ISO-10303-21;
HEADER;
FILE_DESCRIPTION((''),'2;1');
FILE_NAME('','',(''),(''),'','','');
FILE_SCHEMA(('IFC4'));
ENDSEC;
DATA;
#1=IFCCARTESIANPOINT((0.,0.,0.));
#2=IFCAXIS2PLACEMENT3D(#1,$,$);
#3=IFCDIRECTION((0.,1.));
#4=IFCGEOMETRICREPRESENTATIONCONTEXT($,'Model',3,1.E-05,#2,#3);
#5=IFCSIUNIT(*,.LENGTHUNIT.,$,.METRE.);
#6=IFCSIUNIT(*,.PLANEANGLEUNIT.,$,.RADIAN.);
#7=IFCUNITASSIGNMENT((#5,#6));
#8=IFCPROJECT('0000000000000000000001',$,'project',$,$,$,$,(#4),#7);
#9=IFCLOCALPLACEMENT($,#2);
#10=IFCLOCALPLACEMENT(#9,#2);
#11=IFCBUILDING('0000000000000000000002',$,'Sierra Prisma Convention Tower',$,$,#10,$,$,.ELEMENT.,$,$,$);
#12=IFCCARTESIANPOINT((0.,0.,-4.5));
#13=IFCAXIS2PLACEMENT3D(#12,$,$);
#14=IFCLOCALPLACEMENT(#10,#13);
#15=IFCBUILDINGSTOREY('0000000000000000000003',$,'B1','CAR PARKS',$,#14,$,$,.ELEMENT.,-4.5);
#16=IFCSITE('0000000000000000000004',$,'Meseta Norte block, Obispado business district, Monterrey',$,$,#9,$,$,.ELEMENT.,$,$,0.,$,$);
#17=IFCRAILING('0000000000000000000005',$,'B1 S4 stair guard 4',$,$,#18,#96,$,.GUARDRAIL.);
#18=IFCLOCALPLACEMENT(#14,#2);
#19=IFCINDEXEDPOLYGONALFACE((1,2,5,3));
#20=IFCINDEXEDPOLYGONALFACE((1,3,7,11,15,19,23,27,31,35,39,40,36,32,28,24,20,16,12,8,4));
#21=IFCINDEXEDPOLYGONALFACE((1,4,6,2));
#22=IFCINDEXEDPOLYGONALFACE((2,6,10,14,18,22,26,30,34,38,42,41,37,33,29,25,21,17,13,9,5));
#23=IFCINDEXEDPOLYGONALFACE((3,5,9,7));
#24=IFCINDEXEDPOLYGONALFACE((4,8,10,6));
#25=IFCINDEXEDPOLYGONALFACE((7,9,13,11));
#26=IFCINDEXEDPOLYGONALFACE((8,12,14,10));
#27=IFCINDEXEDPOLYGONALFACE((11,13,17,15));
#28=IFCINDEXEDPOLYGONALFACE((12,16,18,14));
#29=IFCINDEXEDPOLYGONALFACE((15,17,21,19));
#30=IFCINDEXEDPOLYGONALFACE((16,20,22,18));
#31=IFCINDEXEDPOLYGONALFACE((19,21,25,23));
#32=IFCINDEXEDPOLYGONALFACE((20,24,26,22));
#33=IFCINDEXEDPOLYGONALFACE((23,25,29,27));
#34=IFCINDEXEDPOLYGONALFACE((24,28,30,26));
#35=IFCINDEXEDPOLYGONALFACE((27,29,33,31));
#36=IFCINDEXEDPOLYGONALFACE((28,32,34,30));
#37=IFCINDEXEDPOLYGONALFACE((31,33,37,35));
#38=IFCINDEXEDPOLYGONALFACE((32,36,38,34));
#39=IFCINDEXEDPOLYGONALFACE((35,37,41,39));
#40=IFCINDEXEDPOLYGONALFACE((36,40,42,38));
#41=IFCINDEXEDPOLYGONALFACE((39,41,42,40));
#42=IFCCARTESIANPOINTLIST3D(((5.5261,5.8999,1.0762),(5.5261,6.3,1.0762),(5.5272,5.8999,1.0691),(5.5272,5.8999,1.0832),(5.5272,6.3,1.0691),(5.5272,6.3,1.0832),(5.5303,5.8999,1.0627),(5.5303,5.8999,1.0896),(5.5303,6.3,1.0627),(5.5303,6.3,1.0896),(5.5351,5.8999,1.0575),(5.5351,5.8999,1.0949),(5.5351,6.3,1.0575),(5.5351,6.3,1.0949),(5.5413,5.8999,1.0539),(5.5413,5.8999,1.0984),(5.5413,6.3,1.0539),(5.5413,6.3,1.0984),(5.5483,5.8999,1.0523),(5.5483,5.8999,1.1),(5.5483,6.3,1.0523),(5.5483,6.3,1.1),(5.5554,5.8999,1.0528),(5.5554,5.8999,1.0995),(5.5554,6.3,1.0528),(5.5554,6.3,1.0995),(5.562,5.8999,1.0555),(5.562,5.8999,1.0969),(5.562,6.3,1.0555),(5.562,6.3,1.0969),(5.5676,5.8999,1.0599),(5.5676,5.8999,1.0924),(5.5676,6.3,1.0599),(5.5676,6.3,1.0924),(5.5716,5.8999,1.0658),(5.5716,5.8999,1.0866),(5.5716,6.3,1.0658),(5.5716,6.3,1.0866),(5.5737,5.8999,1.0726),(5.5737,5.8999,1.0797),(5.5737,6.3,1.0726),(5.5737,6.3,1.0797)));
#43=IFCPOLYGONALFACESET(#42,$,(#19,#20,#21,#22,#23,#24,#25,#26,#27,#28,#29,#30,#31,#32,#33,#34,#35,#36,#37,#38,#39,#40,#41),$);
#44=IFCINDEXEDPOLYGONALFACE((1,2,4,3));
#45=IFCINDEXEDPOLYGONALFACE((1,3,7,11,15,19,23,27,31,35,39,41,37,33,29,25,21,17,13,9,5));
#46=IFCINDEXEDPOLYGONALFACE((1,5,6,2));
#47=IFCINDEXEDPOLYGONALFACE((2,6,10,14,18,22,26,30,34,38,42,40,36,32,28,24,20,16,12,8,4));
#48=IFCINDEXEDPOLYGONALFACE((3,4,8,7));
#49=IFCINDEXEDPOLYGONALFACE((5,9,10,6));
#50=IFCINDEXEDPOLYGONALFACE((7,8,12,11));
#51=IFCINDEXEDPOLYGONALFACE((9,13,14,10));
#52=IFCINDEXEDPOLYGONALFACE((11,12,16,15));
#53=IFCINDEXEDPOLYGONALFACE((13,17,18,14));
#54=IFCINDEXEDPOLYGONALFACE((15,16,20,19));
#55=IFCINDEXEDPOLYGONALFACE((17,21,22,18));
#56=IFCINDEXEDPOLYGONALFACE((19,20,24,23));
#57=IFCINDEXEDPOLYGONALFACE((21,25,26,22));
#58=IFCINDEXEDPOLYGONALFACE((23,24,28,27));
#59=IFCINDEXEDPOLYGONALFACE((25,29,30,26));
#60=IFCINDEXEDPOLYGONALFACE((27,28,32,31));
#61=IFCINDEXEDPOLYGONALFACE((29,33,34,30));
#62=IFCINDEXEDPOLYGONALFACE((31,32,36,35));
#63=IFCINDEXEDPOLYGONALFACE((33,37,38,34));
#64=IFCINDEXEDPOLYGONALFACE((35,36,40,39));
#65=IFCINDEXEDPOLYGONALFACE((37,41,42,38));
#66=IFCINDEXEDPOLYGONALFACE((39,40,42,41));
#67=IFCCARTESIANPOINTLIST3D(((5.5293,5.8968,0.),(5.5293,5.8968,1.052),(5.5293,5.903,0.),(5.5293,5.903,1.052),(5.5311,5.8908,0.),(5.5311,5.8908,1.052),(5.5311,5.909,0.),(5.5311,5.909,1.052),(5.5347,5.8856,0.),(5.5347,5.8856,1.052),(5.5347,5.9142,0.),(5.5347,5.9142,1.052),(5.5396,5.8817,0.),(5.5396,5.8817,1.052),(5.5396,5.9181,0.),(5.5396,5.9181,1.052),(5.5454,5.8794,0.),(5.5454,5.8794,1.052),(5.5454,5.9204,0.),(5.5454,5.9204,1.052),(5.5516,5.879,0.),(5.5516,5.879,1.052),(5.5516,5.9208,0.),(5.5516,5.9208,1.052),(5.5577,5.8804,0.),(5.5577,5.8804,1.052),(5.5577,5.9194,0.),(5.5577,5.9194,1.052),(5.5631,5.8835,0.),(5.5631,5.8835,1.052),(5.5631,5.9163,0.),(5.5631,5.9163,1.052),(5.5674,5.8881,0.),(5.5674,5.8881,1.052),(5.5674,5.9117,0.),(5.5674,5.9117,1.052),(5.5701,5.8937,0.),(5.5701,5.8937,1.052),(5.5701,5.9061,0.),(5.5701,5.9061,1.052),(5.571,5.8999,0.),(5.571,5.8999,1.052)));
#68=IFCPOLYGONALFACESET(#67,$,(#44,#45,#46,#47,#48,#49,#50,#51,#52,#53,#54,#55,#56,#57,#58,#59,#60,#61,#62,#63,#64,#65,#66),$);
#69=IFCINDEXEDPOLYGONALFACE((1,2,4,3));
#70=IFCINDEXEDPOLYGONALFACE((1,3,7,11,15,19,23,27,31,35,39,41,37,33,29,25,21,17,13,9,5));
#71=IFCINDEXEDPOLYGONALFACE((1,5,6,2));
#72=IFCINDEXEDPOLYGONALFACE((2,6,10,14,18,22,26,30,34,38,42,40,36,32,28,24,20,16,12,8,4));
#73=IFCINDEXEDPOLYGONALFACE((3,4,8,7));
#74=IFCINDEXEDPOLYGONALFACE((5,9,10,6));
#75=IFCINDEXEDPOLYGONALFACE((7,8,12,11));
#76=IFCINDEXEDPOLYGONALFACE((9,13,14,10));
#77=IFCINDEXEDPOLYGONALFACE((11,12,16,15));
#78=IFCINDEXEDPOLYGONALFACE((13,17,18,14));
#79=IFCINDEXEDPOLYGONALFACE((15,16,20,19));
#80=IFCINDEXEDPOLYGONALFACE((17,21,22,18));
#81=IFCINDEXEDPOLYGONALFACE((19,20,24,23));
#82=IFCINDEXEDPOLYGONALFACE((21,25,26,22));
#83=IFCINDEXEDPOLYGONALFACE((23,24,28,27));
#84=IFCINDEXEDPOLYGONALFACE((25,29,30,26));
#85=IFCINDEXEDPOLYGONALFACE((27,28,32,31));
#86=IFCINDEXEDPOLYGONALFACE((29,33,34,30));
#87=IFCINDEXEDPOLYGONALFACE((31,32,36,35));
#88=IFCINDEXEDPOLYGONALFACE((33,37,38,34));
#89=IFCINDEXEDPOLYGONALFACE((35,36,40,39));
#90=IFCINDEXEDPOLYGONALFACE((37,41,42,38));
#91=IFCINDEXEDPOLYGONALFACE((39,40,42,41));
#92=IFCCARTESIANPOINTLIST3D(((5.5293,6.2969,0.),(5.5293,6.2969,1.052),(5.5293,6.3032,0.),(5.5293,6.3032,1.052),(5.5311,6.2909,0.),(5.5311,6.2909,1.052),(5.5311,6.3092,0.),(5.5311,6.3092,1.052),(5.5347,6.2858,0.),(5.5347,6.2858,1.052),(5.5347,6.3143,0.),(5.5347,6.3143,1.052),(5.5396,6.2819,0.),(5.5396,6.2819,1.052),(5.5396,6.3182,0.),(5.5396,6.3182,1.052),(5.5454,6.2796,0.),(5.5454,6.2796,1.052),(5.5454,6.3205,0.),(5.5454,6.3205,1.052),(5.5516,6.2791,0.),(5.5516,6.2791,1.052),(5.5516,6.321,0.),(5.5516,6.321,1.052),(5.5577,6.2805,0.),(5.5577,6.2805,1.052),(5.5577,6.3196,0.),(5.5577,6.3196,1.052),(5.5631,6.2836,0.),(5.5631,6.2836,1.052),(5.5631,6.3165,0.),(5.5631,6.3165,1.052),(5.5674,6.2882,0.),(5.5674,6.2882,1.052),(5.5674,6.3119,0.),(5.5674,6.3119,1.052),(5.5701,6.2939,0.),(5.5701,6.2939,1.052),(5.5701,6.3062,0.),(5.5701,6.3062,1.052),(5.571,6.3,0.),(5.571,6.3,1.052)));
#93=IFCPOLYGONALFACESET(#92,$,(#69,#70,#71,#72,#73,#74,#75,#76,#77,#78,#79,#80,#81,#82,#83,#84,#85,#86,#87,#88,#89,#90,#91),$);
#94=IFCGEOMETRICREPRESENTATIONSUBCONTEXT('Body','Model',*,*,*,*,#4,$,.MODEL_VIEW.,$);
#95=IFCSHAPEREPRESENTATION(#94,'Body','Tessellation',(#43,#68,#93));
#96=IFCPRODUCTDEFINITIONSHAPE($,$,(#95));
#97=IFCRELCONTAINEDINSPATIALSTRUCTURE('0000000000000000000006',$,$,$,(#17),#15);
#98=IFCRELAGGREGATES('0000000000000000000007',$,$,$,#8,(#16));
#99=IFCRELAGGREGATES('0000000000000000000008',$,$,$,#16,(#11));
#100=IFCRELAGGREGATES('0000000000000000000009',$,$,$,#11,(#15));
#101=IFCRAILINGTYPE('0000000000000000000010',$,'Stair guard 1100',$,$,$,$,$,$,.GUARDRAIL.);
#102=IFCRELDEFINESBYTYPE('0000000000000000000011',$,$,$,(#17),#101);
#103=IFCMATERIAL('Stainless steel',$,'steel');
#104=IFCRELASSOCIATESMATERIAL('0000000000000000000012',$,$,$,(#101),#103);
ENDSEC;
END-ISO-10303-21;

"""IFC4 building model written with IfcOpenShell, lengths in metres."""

from ifc_helpers import new_model, si_unit, direction, frame, origin, origin_2d, place, context, subcontext, project, spatial, circle, extrude, material, type_object, element, save


model = new_model("IFC4")

# Units and contexts
model_context = context("Model", 3, precision=1e-05, world=origin(), true_north=direction((0.0, 1.0)))
body_context = subcontext(model_context, "Body", "Model", "MODEL_VIEW")
ifc_project = project(units=[si_unit("LENGTHUNIT", "METRE"), si_unit("PLANEANGLEUNIT", "RADIAN")], contexts=[model_context])

# Site, building, storey
site_placement = place(None, origin())
site = spatial("IfcSite", under=ifc_project, at=site_placement, Name="Meseta Norte block, Obispado business district, Monterrey", CompositionType="ELEMENT", RefElevation=0.0)
building_placement = place(site_placement, origin())
building = spatial("IfcBuilding", under=site, at=building_placement, Name="Sierra Prisma Convention Tower", CompositionType="ELEMENT")
storey_placement = place(building_placement, frame((0.0, 0.0, -4.5)))
storey = spatial("IfcBuildingStorey", under=building, at=storey_placement, Name="B1", Description="CAR PARKS", CompositionType="ELEMENT", Elevation=-4.5)

# Railing
ifc_material_1 = material(Name="Stainless steel", Category="steel")
railing_type_1 = type_object("IfcRailingType", Name="Stair guard 1100", PredefinedType="GUARDRAIL", material=ifc_material_1)
railing_1_placement = place(storey_placement, frame((5.55, 5.8999, 0.0)))
element("IfcRailing", 1, at=railing_1_placement, inside=storey, type_object=railing_type_1, Name="B1 S4 stair guard 4", PredefinedType="GUARDRAIL", context=body_context, shape_type="SweptSolid", body=[
    extrude(circle(Radius=0.0239, at=origin_2d()), frame((0.0, 0.0, 1.0762), z_axis=(0.0, 1.0, 0.0), x_axis=(-1.0, 0.0, 0.0)), (0.0, 0.0, 1.0), 0.4001),
    extrude(circle(Radius=0.021, at=origin_2d()), origin(), (0.0, 0.0, 1.0), 1.052),
    extrude(circle(Radius=0.021, at=origin_2d()), frame((0.0, 0.4001, 0.0)), (0.0, 0.0, 1.0), 1.052),
])

save(model, "model.ifc")
